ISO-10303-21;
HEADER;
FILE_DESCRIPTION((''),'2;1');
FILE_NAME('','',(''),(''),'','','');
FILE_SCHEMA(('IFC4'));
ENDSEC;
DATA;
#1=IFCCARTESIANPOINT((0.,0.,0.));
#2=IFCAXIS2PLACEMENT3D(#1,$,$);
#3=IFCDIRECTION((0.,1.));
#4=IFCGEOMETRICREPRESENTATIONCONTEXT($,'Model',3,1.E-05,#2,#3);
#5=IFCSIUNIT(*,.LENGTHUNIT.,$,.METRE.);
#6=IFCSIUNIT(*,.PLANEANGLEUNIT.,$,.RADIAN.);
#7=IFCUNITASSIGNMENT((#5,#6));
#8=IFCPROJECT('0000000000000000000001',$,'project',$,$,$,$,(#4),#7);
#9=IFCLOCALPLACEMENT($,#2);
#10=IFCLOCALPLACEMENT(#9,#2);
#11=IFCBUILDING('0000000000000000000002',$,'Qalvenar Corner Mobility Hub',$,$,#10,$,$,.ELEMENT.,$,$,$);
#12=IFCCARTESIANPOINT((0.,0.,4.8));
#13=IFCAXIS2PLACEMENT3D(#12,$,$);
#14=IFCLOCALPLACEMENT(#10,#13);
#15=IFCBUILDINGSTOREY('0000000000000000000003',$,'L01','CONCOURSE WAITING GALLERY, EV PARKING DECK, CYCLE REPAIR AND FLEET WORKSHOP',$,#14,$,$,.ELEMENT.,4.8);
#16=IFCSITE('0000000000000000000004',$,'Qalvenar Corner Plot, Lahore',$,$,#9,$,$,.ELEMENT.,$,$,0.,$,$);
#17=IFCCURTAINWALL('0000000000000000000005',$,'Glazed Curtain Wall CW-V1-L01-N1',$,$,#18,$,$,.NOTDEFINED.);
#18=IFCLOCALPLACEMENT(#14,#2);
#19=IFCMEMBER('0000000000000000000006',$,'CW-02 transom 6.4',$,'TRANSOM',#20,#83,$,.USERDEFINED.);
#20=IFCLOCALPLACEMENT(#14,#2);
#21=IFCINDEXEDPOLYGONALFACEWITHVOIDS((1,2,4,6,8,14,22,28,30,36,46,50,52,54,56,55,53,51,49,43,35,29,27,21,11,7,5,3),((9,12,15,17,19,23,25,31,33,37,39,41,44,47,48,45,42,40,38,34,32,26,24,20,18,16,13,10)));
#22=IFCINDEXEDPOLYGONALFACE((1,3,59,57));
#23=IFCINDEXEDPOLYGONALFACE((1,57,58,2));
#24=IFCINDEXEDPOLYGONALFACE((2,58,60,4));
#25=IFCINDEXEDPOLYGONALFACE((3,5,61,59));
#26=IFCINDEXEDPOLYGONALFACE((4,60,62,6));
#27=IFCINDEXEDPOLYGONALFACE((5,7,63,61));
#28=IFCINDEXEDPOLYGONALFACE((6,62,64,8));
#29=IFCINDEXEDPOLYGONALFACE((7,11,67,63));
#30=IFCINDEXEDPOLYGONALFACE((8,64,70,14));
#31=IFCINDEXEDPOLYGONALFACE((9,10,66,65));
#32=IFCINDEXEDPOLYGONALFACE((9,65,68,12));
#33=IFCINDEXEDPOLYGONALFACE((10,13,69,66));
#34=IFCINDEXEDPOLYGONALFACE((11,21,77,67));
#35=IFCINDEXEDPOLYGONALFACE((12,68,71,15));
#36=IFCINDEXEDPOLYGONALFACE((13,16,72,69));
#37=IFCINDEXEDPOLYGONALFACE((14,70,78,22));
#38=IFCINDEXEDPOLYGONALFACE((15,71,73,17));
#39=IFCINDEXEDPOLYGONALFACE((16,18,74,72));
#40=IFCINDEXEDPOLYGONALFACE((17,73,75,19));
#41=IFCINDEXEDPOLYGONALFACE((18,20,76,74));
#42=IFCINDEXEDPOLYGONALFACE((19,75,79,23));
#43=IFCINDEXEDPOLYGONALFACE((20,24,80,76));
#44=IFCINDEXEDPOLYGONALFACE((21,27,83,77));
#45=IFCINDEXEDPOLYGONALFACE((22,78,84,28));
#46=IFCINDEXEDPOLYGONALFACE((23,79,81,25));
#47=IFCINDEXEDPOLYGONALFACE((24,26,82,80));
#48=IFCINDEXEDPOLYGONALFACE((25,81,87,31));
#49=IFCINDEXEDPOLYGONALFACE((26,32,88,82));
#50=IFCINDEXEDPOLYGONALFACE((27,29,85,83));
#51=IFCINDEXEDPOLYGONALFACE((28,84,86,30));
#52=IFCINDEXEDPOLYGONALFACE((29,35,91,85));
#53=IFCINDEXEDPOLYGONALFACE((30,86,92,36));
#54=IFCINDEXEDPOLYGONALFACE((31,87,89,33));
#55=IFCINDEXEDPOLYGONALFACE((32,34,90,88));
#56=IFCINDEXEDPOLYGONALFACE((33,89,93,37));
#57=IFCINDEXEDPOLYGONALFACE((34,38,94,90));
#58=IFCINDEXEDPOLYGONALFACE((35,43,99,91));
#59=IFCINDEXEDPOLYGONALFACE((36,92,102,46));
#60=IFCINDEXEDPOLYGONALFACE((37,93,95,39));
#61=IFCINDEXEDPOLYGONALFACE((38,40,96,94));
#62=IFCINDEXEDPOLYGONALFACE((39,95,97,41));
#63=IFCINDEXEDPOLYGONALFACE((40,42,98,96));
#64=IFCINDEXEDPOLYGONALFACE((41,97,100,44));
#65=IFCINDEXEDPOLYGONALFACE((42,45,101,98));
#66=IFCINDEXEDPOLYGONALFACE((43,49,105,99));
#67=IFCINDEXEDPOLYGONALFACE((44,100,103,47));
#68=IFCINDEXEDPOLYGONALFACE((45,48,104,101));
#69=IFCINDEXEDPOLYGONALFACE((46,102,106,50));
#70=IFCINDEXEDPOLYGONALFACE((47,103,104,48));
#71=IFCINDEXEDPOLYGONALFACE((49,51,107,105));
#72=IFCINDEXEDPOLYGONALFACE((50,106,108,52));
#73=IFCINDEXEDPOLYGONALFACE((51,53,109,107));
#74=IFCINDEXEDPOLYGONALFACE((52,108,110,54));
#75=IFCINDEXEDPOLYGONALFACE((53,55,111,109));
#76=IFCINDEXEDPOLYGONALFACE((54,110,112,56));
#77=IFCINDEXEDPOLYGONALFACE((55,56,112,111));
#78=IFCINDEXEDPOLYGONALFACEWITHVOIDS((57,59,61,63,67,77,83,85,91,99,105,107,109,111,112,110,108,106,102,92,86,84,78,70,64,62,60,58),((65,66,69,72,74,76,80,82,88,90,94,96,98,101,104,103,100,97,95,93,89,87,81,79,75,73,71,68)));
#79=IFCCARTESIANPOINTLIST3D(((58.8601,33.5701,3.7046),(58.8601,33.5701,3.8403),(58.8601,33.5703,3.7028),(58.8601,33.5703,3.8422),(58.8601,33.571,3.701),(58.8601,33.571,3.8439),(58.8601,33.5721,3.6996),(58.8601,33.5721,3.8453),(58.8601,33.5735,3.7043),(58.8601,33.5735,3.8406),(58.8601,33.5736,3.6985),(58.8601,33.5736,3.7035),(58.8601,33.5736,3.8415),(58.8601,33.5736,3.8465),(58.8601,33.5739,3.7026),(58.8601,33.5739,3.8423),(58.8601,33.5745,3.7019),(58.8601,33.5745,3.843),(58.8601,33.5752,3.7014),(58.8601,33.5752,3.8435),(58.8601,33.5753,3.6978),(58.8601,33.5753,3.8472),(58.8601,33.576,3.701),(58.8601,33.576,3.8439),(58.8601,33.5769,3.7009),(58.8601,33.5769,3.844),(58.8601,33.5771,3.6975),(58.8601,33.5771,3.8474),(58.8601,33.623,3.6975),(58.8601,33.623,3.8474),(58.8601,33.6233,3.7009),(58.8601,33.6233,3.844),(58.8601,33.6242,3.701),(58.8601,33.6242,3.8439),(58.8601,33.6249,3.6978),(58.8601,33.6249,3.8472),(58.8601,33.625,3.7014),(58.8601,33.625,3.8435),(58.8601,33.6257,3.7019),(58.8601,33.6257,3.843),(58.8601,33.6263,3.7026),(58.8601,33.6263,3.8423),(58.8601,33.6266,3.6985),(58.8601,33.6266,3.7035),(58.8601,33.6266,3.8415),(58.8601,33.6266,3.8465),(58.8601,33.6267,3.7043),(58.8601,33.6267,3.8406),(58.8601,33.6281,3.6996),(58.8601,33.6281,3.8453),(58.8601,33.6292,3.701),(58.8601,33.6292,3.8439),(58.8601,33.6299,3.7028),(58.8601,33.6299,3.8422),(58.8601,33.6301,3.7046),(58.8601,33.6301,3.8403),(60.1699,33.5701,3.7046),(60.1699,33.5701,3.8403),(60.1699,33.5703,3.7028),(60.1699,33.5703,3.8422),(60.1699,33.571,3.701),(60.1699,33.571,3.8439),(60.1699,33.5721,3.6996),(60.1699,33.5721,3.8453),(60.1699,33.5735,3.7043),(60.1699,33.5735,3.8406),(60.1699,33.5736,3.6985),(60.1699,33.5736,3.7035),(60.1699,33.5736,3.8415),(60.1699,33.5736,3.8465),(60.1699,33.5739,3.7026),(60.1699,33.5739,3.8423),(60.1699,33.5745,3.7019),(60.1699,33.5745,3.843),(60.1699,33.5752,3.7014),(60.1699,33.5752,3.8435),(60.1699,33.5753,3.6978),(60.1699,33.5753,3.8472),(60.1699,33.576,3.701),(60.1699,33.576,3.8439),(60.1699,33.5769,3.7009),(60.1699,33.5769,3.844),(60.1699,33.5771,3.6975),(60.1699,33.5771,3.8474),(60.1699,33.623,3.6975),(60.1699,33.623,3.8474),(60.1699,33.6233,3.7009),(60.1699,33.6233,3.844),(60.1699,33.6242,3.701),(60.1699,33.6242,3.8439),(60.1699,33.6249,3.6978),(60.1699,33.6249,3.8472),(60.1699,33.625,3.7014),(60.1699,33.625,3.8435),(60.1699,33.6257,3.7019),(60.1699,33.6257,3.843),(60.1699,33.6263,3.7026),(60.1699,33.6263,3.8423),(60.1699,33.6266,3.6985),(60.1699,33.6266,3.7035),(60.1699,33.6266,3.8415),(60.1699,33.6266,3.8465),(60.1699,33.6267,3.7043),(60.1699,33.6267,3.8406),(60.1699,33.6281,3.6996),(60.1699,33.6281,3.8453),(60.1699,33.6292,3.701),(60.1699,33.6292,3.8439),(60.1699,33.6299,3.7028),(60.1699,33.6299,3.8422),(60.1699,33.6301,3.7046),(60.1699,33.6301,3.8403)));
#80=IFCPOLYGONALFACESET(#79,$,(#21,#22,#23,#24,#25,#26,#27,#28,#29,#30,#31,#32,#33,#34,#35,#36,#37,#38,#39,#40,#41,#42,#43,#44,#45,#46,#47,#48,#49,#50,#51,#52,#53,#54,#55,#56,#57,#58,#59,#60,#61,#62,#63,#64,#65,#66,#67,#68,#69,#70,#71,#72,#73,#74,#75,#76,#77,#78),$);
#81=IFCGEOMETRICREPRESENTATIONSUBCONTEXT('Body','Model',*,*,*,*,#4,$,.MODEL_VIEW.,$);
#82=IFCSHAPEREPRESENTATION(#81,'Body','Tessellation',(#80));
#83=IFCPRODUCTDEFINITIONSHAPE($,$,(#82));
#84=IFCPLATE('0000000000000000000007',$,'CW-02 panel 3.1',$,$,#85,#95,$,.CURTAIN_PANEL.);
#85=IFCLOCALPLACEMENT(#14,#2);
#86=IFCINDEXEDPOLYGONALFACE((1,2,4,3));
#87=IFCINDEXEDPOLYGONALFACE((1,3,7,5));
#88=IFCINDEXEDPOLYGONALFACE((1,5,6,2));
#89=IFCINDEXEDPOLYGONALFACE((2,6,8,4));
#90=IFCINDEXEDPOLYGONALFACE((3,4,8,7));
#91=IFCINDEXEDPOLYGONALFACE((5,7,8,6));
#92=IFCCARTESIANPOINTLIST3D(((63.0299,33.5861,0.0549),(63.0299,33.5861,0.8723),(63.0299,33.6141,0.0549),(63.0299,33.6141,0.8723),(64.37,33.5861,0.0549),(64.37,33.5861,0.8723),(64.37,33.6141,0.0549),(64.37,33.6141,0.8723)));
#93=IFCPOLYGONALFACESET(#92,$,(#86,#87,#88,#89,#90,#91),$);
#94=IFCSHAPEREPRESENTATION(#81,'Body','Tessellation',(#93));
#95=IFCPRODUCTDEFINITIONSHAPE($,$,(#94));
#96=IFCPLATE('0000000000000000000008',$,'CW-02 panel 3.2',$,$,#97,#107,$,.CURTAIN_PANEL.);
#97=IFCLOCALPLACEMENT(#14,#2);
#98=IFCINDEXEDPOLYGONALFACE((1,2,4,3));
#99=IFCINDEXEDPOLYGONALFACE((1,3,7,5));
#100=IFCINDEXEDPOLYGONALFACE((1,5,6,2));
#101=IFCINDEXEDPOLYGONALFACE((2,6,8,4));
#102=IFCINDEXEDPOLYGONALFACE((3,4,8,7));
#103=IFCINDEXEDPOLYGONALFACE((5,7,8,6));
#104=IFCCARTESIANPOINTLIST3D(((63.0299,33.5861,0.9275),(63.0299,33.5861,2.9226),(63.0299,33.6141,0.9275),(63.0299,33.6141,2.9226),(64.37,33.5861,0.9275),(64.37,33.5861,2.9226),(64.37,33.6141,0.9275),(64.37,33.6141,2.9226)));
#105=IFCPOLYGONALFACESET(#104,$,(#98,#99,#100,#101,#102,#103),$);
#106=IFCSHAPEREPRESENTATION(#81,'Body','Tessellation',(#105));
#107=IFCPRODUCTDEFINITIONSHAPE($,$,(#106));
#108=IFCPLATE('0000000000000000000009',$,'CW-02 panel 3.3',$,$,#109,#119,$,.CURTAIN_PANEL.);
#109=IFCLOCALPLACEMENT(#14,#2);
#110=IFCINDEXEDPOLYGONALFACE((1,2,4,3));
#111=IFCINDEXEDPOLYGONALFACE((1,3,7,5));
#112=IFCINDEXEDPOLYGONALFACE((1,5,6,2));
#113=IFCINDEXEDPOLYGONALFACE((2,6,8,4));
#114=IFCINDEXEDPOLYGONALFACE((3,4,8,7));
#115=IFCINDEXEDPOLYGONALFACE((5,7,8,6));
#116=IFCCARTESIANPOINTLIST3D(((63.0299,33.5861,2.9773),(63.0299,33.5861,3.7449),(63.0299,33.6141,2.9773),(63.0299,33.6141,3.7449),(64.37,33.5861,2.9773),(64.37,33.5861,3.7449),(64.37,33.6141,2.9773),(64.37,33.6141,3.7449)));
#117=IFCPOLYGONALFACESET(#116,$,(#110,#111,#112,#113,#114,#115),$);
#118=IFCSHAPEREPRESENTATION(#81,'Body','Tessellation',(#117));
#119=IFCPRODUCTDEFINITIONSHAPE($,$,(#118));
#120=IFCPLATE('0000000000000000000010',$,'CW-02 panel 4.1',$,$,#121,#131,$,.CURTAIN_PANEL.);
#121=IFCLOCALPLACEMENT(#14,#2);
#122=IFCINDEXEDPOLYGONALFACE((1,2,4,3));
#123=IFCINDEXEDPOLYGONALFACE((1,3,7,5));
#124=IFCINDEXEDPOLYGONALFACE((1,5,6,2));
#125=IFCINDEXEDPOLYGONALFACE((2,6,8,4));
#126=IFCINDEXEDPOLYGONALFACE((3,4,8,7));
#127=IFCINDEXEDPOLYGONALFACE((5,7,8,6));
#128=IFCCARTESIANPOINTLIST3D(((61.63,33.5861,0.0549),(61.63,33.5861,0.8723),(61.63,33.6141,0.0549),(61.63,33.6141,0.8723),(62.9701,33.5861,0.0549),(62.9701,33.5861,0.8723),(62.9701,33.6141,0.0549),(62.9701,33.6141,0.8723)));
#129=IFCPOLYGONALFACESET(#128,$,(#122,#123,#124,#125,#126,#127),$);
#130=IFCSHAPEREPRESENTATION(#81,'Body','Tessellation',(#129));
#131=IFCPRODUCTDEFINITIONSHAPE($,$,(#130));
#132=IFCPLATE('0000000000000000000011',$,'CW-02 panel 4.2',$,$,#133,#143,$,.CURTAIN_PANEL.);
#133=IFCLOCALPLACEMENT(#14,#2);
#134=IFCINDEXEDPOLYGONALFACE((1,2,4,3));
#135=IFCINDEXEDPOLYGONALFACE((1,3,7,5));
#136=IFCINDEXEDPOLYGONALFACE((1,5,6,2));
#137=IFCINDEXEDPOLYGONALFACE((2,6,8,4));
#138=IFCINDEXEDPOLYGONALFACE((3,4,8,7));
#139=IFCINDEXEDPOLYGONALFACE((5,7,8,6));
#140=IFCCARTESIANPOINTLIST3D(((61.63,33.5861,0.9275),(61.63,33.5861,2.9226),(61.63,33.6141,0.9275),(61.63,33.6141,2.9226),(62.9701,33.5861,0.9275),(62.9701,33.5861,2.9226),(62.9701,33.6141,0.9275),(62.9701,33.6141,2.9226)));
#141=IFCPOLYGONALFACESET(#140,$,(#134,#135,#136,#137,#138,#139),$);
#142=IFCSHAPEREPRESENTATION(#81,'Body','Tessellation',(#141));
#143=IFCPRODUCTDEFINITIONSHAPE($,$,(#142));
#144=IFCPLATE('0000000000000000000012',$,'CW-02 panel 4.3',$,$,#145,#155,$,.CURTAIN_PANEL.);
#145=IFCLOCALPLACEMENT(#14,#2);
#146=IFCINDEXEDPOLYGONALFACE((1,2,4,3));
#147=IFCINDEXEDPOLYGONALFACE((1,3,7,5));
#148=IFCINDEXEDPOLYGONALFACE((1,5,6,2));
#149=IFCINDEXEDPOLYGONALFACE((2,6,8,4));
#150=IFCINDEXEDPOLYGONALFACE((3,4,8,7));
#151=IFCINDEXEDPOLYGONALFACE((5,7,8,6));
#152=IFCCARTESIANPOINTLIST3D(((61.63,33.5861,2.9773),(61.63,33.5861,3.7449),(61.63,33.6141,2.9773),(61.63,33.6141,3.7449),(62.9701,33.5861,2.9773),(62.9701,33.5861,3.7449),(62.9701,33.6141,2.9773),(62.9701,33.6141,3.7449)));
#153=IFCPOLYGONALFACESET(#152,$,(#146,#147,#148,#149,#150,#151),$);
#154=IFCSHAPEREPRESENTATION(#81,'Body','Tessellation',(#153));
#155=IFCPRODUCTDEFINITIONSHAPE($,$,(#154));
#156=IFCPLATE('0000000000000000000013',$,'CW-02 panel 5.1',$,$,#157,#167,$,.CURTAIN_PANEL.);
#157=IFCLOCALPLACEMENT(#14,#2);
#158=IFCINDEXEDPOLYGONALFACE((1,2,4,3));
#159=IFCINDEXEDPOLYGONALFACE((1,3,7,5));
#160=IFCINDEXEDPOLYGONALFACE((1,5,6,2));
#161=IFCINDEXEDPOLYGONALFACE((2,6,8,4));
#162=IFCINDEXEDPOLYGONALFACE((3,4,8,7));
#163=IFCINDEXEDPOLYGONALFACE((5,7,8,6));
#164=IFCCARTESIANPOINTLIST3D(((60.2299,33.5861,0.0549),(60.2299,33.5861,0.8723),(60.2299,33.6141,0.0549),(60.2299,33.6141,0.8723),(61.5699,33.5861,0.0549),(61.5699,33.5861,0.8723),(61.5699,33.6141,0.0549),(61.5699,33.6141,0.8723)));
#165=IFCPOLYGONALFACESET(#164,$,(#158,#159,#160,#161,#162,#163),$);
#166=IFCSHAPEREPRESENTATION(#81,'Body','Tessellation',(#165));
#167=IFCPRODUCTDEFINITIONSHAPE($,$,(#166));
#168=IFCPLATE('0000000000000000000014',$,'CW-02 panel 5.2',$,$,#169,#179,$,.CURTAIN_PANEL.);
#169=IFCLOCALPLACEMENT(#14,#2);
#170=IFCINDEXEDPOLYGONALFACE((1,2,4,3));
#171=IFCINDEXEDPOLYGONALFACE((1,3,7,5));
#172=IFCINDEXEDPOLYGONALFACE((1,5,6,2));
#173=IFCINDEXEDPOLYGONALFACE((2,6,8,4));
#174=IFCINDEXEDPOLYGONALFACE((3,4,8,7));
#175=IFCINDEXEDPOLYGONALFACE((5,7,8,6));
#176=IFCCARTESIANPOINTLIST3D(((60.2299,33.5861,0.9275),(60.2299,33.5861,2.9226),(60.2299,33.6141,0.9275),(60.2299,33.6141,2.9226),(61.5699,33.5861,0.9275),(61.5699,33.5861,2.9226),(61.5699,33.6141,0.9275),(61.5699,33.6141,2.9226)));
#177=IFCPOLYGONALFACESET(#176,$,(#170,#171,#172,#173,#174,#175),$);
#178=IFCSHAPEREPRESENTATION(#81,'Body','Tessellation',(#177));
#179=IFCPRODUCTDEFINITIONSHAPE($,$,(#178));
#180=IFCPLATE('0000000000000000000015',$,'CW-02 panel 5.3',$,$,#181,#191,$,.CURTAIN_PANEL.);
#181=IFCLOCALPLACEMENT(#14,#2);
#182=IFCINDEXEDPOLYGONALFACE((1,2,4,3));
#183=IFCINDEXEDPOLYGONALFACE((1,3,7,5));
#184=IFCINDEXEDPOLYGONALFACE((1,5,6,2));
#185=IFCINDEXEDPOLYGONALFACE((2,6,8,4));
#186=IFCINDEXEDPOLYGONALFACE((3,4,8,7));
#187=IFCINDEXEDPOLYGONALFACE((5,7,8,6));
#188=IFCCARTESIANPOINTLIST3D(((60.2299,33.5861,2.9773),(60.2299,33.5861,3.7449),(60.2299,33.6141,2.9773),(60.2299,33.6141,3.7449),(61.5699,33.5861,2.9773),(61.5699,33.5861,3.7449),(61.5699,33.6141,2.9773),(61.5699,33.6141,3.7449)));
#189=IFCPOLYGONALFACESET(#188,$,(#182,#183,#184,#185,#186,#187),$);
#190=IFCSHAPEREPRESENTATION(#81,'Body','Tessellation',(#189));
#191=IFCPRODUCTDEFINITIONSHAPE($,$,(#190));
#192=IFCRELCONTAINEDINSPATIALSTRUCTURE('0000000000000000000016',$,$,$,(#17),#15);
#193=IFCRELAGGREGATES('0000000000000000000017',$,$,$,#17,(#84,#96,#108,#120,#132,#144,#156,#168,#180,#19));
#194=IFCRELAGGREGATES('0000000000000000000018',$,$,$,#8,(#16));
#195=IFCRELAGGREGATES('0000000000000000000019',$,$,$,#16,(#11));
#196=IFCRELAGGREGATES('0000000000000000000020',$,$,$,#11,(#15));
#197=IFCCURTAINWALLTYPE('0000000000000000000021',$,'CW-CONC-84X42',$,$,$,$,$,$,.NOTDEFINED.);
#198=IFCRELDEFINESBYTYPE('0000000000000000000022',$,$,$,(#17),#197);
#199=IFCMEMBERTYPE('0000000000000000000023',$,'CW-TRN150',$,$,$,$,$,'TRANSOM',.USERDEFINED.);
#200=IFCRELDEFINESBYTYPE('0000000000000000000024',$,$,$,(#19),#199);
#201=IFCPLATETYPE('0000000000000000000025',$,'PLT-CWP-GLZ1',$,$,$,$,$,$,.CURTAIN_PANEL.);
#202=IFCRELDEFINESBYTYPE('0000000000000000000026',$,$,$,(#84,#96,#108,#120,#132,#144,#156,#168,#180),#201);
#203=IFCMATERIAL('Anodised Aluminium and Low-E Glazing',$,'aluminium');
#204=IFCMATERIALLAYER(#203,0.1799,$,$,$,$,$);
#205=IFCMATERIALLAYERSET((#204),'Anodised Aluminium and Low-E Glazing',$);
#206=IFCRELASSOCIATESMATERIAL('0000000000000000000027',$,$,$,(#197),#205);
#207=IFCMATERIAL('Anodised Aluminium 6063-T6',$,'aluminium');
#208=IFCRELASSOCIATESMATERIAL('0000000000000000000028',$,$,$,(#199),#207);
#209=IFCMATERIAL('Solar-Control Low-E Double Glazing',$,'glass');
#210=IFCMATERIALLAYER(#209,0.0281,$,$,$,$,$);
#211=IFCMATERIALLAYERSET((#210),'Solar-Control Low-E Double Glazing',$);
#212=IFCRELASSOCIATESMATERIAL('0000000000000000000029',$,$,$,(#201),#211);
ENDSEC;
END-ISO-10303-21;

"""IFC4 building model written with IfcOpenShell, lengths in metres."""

from ifc_helpers import new_model, si_unit, direction, frame, origin, origin_2d, place, context, subcontext, project, spatial, rectangle, hollow_rectangle, extrude, material, layer, layer_set, material_profile, profile_set, type_object, element, aggregate, save


model = new_model("IFC4")

# Units and contexts
model_context = context("Model", 3, precision=1e-05, world=origin(), true_north=direction((0.0, 1.0)))
body_context = subcontext(model_context, "Body", "Model", "MODEL_VIEW")
ifc_project = project(units=[si_unit("LENGTHUNIT", "METRE"), si_unit("PLANEANGLEUNIT", "RADIAN")], contexts=[model_context])

# Site, building, storey
site_placement = place(None, origin())
site = spatial("IfcSite", under=ifc_project, at=site_placement, Name="Qalvenar Corner Plot, Lahore", CompositionType="ELEMENT", RefElevation=0.0)
building_placement = place(site_placement, origin())
building = spatial("IfcBuilding", under=site, at=building_placement, Name="Qalvenar Corner Mobility Hub", CompositionType="ELEMENT")
storey_placement = place(building_placement, frame((0.0, 0.0, 4.8)))
storey = spatial("IfcBuildingStorey", under=building, at=storey_placement, Name="L01", Description="CONCOURSE WAITING GALLERY, EV PARKING DECK, CYCLE REPAIR AND FLEET WORKSHOP", CompositionType="ELEMENT", Elevation=4.8)

# Curtain wall, member, plates
ifc_material_1 = material(Name="Anodised Aluminium and Low-E Glazing", Category="aluminium")
ifc_layer_1 = layer(ifc_material_1, 0.1799)
ifc_layer_set_1 = layer_set([ifc_layer_1], Name="Anodised Aluminium and Low-E Glazing")
curtain_wall_type = type_object("IfcCurtainWallType", Name="CW-CONC-84X42", PredefinedType="NOTDEFINED", material=ifc_layer_set_1)
curtain_wall_placement = place(storey_placement, origin())
curtain_wall = element("IfcCurtainWall", 1, at=curtain_wall_placement, inside=storey, type_object=curtain_wall_type, Name="Glazed Curtain Wall CW-V1-L01-N1", PredefinedType="NOTDEFINED")
ifc_material_2 = material(Name="Anodised Aluminium 6063-T6", Category="aluminium")
ifc_material_profile_1 = material_profile(ifc_material_2, hollow_rectangle(XDim=0.0601, YDim=0.1499, WallThickness=0.0034, InnerFilletRadius=0.0034, OuterFilletRadius=0.0071, at=origin_2d()), Name="RHS150x60x3.5")
ifc_profile_set_1 = profile_set([ifc_material_profile_1], Name="Anodised Aluminium 6063-T6")
member_type_1 = type_object("IfcMemberType", Name="CW-TRN150", ElementType="TRANSOM", PredefinedType="USERDEFINED", material=ifc_profile_set_1)
member_1_placement = place(storey_placement, frame((60.1699, 33.6001, 3.7725), z_axis=(-1.0, 0.0, 0.0), x_axis=(0.0, -1.0, 0.0)))
member_1 = element("IfcMember", 2, at=member_1_placement, type_object=member_type_1, Name="CW-02 transom 6.4", ObjectType="TRANSOM", PredefinedType="USERDEFINED", context=body_context, shape_type="SweptSolid", body=[
    extrude(hollow_rectangle(XDim=0.0601, YDim=0.1499, WallThickness=0.0034, InnerFilletRadius=0.0034, OuterFilletRadius=0.0071, at=origin_2d()), origin(), (0.0, 0.0, 1.0), 1.3098),
])
ifc_material_3 = material(Name="Solar-Control Low-E Double Glazing", Category="glass")
ifc_layer_2 = layer(ifc_material_3, 0.0281)
ifc_layer_set_2 = layer_set([ifc_layer_2], Name="Solar-Control Low-E Double Glazing")
plate_type = type_object("IfcPlateType", Name="PLT-CWP-GLZ1", PredefinedType="CURTAIN_PANEL", material=ifc_layer_set_2)
plate_1_placement = place(storey_placement, frame((63.7, 33.6001, 0.0549), z_axis=(0.0, 0.0, 1.0), x_axis=(-1.0, 0.0, 0.0)))
plate_1 = element("IfcPlate", 3, at=plate_1_placement, type_object=plate_type, Name="CW-02 panel 3.1", PredefinedType="CURTAIN_PANEL", context=body_context, shape_type="SweptSolid", body=[
    extrude(rectangle(XDim=1.3401, YDim=0.0281, at=origin_2d()), origin(), (0.0, 0.0, 1.0), 0.8174),
])
plate_2_placement = place(storey_placement, frame((63.7, 33.6001, 0.9275), z_axis=(0.0, 0.0, 1.0), x_axis=(-1.0, 0.0, 0.0)))
plate_2 = element("IfcPlate", 4, at=plate_2_placement, type_object=plate_type, Name="CW-02 panel 3.2", PredefinedType="CURTAIN_PANEL", context=body_context, shape_type="SweptSolid", body=[
    extrude(rectangle(XDim=1.3401, YDim=0.0281, at=origin_2d()), origin(), (0.0, 0.0, 1.0), 1.9951),
])
plate_3_placement = place(storey_placement, frame((63.7, 33.6001, 2.9773), z_axis=(0.0, 0.0, 1.0), x_axis=(-1.0, 0.0, 0.0)))
plate_3 = element("IfcPlate", 5, at=plate_3_placement, type_object=plate_type, Name="CW-02 panel 3.3", PredefinedType="CURTAIN_PANEL", context=body_context, shape_type="SweptSolid", body=[
    extrude(rectangle(XDim=1.3401, YDim=0.0281, at=origin_2d()), origin(), (0.0, 0.0, 1.0), 0.7676),
])
plate_4_placement = place(storey_placement, frame((62.3, 33.6001, 0.0549), z_axis=(0.0, 0.0, 1.0), x_axis=(-1.0, 0.0, 0.0)))
plate_4 = element("IfcPlate", 6, at=plate_4_placement, type_object=plate_type, Name="CW-02 panel 4.1", PredefinedType="CURTAIN_PANEL", context=body_context, shape_type="SweptSolid", body=[
    extrude(rectangle(XDim=1.3401, YDim=0.0281, at=origin_2d()), origin(), (0.0, 0.0, 1.0), 0.8174),
])
plate_5_placement = place(storey_placement, frame((62.3, 33.6001, 0.9275), z_axis=(0.0, 0.0, 1.0), x_axis=(-1.0, 0.0, 0.0)))
plate_5 = element("IfcPlate", 7, at=plate_5_placement, type_object=plate_type, Name="CW-02 panel 4.2", PredefinedType="CURTAIN_PANEL", context=body_context, shape_type="SweptSolid", body=[
    extrude(rectangle(XDim=1.3401, YDim=0.0281, at=origin_2d()), origin(), (0.0, 0.0, 1.0), 1.9951),
])
plate_6_placement = place(storey_placement, frame((62.3, 33.6001, 2.9773), z_axis=(0.0, 0.0, 1.0), x_axis=(-1.0, 0.0, 0.0)))
plate_6 = element("IfcPlate", 8, at=plate_6_placement, type_object=plate_type, Name="CW-02 panel 4.3", PredefinedType="CURTAIN_PANEL", context=body_context, shape_type="SweptSolid", body=[
    extrude(rectangle(XDim=1.3401, YDim=0.0281, at=origin_2d()), origin(), (0.0, 0.0, 1.0), 0.7676),
])
plate_7_placement = place(storey_placement, frame((60.8999, 33.6001, 0.0549), z_axis=(0.0, 0.0, 1.0), x_axis=(-1.0, 0.0, 0.0)))
plate_7 = element("IfcPlate", 9, at=plate_7_placement, type_object=plate_type, Name="CW-02 panel 5.1", PredefinedType="CURTAIN_PANEL", context=body_context, shape_type="SweptSolid", body=[
    extrude(rectangle(XDim=1.3401, YDim=0.0281, at=origin_2d()), origin(), (0.0, 0.0, 1.0), 0.8174),
])
plate_8_placement = place(storey_placement, frame((60.8999, 33.6001, 0.9275), z_axis=(0.0, 0.0, 1.0), x_axis=(-1.0, 0.0, 0.0)))
plate_8 = element("IfcPlate", 10, at=plate_8_placement, type_object=plate_type, Name="CW-02 panel 5.2", PredefinedType="CURTAIN_PANEL", context=body_context, shape_type="SweptSolid", body=[
    extrude(rectangle(XDim=1.3401, YDim=0.0281, at=origin_2d()), origin(), (0.0, 0.0, 1.0), 1.9951),
])
plate_9_placement = place(storey_placement, frame((60.8999, 33.6001, 2.9773), z_axis=(0.0, 0.0, 1.0), x_axis=(-1.0, 0.0, 0.0)))
plate_9 = element("IfcPlate", 11, at=plate_9_placement, type_object=plate_type, Name="CW-02 panel 5.3", PredefinedType="CURTAIN_PANEL", context=body_context, shape_type="SweptSolid", body=[
    extrude(rectangle(XDim=1.3401, YDim=0.0281, at=origin_2d()), origin(), (0.0, 0.0, 1.0), 0.7676),
])
aggregate(curtain_wall, [plate_1, plate_2, plate_3, plate_4, plate_5, plate_6, plate_7, plate_8, plate_9, member_1])

save(model, "model.ifc")
